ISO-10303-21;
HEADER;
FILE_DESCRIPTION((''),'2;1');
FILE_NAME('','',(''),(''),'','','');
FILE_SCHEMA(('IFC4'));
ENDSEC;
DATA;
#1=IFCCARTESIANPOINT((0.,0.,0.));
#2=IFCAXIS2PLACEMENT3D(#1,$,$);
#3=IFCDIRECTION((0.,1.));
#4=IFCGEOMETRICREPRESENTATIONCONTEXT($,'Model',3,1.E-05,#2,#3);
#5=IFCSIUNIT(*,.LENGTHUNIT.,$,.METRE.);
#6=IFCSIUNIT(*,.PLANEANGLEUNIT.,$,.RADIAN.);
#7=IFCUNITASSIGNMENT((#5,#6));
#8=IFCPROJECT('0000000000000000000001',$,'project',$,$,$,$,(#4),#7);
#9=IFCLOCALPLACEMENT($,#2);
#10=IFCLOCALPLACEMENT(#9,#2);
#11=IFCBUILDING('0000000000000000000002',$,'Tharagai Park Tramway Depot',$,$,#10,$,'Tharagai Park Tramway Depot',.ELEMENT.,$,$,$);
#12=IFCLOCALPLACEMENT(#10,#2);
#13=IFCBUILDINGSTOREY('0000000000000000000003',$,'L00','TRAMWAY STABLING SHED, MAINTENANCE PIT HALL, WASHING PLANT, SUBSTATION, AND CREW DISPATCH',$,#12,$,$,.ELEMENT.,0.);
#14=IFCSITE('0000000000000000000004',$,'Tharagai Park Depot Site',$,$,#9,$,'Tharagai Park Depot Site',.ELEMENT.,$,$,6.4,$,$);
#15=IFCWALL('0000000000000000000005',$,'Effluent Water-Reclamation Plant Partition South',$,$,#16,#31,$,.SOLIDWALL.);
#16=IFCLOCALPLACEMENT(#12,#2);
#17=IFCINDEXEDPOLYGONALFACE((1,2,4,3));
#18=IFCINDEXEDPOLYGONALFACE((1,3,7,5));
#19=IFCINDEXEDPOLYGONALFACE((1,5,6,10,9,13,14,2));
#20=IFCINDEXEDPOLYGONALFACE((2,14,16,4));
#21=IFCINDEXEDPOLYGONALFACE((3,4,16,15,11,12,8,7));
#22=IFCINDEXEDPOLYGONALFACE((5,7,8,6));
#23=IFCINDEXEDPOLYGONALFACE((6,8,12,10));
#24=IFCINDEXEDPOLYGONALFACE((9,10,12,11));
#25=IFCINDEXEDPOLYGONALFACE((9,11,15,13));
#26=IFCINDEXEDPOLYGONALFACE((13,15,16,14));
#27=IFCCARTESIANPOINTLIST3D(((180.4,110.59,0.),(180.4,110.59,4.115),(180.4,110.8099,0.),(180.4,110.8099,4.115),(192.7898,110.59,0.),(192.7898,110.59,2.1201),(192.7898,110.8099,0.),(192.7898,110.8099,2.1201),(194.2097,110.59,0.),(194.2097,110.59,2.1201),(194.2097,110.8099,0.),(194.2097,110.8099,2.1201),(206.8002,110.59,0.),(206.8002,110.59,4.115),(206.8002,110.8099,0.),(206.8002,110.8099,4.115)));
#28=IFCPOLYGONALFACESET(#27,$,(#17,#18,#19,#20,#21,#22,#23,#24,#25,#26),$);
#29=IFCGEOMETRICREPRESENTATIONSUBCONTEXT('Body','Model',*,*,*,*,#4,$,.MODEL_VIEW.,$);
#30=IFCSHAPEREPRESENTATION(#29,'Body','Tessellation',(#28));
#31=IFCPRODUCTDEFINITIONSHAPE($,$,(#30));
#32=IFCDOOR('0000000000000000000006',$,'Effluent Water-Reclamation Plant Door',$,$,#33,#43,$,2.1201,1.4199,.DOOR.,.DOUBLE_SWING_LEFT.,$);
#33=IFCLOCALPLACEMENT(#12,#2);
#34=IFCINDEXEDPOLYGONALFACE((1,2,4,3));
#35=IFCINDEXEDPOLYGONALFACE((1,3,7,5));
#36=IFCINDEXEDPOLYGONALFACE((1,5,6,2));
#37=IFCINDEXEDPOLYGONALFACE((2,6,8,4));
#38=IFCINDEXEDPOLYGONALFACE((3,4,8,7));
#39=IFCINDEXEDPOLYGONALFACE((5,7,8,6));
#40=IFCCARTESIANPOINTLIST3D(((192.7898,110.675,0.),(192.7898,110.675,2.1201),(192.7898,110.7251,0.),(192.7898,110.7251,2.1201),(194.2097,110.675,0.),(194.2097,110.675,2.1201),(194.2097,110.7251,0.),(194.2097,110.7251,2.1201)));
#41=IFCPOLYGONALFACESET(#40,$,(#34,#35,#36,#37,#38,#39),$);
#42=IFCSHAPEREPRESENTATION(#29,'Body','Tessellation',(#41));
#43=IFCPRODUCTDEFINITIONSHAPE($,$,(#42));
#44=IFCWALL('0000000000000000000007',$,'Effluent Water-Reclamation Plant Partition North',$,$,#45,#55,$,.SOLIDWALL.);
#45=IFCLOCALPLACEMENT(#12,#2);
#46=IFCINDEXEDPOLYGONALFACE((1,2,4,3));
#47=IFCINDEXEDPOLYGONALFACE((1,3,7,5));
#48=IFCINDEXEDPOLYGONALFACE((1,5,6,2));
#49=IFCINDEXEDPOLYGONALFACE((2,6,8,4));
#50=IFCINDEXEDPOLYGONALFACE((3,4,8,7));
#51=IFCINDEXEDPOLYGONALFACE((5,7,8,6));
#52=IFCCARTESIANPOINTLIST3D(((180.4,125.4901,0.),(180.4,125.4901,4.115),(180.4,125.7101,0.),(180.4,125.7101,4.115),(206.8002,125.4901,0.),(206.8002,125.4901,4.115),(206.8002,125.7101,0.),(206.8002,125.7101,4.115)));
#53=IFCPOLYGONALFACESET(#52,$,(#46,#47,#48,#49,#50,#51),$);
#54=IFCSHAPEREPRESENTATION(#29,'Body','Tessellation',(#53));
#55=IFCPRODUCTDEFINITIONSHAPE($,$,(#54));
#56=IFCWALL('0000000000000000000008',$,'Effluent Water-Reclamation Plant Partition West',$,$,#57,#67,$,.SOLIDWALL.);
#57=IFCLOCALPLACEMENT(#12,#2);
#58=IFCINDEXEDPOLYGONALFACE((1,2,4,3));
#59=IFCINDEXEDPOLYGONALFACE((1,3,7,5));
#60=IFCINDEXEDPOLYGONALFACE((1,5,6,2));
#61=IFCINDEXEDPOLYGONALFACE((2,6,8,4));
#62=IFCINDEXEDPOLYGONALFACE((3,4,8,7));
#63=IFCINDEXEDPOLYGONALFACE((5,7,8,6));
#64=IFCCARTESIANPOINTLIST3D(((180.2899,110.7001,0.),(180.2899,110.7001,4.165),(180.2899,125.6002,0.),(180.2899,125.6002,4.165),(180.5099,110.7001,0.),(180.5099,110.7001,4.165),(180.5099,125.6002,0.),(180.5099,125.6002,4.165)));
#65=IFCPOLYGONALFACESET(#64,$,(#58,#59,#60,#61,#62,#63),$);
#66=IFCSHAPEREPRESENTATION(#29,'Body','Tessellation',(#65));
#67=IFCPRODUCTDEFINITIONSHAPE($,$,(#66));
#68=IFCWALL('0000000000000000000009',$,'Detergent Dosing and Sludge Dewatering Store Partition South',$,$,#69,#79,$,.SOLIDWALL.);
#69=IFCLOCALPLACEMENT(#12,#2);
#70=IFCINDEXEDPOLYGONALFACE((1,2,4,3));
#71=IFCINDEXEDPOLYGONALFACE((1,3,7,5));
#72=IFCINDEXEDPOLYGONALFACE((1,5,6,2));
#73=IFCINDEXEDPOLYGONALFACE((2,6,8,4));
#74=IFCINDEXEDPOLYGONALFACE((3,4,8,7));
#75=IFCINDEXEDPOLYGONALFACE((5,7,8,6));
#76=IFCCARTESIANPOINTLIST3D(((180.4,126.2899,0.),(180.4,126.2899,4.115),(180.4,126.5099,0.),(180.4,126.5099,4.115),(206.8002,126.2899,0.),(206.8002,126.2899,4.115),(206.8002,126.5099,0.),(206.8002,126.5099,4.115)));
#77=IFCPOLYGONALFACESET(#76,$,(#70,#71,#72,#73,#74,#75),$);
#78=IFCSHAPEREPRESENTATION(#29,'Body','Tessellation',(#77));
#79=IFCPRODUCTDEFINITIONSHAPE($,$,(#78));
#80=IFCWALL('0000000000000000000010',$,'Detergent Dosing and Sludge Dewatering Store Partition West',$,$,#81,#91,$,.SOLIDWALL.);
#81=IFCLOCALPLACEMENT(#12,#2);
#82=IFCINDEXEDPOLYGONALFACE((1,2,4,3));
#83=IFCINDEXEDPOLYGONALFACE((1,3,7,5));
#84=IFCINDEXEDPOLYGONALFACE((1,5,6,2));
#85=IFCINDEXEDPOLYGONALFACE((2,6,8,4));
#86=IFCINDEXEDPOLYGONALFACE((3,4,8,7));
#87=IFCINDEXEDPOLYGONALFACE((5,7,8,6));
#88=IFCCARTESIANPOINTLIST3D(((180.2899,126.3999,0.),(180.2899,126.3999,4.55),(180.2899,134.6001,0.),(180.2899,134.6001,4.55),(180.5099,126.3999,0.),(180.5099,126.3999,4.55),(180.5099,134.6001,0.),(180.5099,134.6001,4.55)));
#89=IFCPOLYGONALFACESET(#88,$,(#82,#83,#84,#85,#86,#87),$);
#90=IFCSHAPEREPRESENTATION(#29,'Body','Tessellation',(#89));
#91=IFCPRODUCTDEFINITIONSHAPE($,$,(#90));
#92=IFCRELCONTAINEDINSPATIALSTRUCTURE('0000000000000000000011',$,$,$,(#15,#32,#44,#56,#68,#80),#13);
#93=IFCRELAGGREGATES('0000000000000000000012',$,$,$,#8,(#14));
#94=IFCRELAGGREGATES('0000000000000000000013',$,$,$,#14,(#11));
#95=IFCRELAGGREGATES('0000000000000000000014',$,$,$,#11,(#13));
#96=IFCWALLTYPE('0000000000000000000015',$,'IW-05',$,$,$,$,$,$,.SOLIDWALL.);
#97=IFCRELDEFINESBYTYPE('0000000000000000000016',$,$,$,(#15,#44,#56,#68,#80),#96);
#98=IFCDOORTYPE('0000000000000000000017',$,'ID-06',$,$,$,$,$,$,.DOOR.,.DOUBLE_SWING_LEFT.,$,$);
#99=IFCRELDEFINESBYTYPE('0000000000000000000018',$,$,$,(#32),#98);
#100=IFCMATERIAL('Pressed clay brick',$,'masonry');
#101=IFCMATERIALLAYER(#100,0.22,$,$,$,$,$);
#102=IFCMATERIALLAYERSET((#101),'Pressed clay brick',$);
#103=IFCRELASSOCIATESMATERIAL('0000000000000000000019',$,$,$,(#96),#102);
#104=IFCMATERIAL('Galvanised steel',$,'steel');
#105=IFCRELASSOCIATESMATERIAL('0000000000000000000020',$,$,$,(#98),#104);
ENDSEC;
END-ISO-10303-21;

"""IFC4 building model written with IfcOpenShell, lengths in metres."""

from ifc_helpers import new_model, si_unit, direction, frame, frame_2d, origin, place, context, subcontext, project, spatial, rectangle, extrude, material, layer, layer_set, type_object, element, fill, save


model = new_model("IFC4")

# Units and contexts
model_context = context("Model", 3, precision=1e-05, world=origin(), true_north=direction((0.0, 1.0)))
body_context = subcontext(model_context, "Body", "Model", "MODEL_VIEW")
ifc_project = project(units=[si_unit("LENGTHUNIT", "METRE"), si_unit("PLANEANGLEUNIT", "RADIAN")], contexts=[model_context])

# Site, building, storey
site_placement = place(None, origin())
site = spatial("IfcSite", under=ifc_project, at=site_placement, Name="Tharagai Park Depot Site", LongName="Tharagai Park Depot Site", CompositionType="ELEMENT", RefElevation=6.4)
building_placement = place(site_placement, origin())
building = spatial("IfcBuilding", under=site, at=building_placement, Name="Tharagai Park Tramway Depot", LongName="Tharagai Park Tramway Depot", CompositionType="ELEMENT")
storey_placement = place(building_placement, origin())
storey = spatial("IfcBuildingStorey", under=building, at=storey_placement, Name="L00", Description="TRAMWAY STABLING SHED, MAINTENANCE PIT HALL, WASHING PLANT, SUBSTATION, AND CREW DISPATCH", CompositionType="ELEMENT", Elevation=0.0)

# Shared definitions
ifc_material_1 = material(Name="Pressed clay brick", Category="masonry")

# Wall, opening, door
ifc_layer_1 = layer(ifc_material_1, 0.22)
ifc_layer_set_1 = layer_set([ifc_layer_1], Name="Pressed clay brick")
wall_type_1 = type_object("IfcWallType", Name="IW-05", PredefinedType="SOLIDWALL", material=ifc_layer_set_1)
wall_1_placement = place(storey_placement, frame((180.3999, 110.7, 0.0), z_axis=(0.0, 0.0, 1.0), x_axis=(1.0, 0.0, 0.0)))
wall_1 = element("IfcWall", 1, at=wall_1_placement, inside=storey, type_object=wall_type_1, Name="Effluent Water-Reclamation Plant Partition South", PredefinedType="SOLIDWALL", context=body_context, shape_type="SweptSolid", body=[
    extrude(rectangle(XDim=26.4001, YDim=0.22, at=frame_2d((13.2002, 0.0))), origin(), (0.0, 0.0, 1.0), 4.115),
])
opening_1_placement = place(wall_1_placement, frame((12.3899, 0.0, 0.0)))
opening_1 = element("IfcOpeningElement", 2, at=opening_1_placement, cuts=wall_1, PredefinedType="OPENING", context=body_context, shape_type="SweptSolid", body=[
    extrude(rectangle(XDim=1.4199, YDim=2.1201, at=frame_2d((0.71, 1.0601))), frame((0.0, 0.1199, 0.0), z_axis=(0.0, -1.0, 0.0), x_axis=(1.0, 0.0, 0.0)), (0.0, 0.0, 1.0), 0.24),
])
ifc_material_2 = material(Name="Galvanised steel", Category="steel")
door_type = type_object("IfcDoorType", Name="ID-06", OperationType="DOUBLE_SWING_LEFT", PredefinedType="DOOR", material=ifc_material_2)
door_placement = place(opening_1_placement, frame((1.4199, 0.0, 0.0), z_axis=(0.0, 0.0, 1.0), x_axis=(-1.0, 0.0, 0.0)))
door = element("IfcDoor", 3, at=door_placement, inside=storey, type_object=door_type, Name="Effluent Water-Reclamation Plant Door", OperationType="DOUBLE_SWING_LEFT", OverallHeight=2.1201, OverallWidth=1.4199, PredefinedType="DOOR", context=body_context, shape_type="SweptSolid", body=[
    extrude(rectangle(XDim=1.4199, YDim=2.1201, at=frame_2d((0.71, 1.0601))), frame((0.0, 0.0249, 0.0), z_axis=(0.0, -1.0, 0.0), x_axis=(1.0, 0.0, 0.0)), (0.0, 0.0, 1.0), 0.05),
])
fill(opening_1, door)

# Walls
wall_2_placement = place(storey_placement, frame((180.3999, 125.6001, 0.0), z_axis=(0.0, 0.0, 1.0), x_axis=(1.0, 0.0, 0.0)))
element("IfcWall", 4, at=wall_2_placement, inside=storey, type_object=wall_type_1, Name="Effluent Water-Reclamation Plant Partition North", PredefinedType="SOLIDWALL", context=body_context, shape_type="SweptSolid", body=[
    extrude(rectangle(XDim=26.4001, YDim=0.22, at=frame_2d((13.2002, 0.0))), origin(), (0.0, 0.0, 1.0), 4.115),
])
wall_3_placement = place(storey_placement, frame((180.3999, 110.7, 0.0), z_axis=(0.0, 0.0, 1.0), x_axis=(0.0, 1.0, 0.0)))
element("IfcWall", 5, at=wall_3_placement, inside=storey, type_object=wall_type_1, Name="Effluent Water-Reclamation Plant Partition West", PredefinedType="SOLIDWALL", context=body_context, shape_type="SweptSolid", body=[
    extrude(rectangle(XDim=14.9001, YDim=0.22, at=frame_2d((7.4502, 0.0))), origin(), (0.0, 0.0, 1.0), 4.165),
])
wall_4_placement = place(storey_placement, frame((180.3999, 126.3999, 0.0), z_axis=(0.0, 0.0, 1.0), x_axis=(1.0, 0.0, 0.0)))
element("IfcWall", 6, at=wall_4_placement, inside=storey, type_object=wall_type_1, Name="Detergent Dosing and Sludge Dewatering Store Partition South", PredefinedType="SOLIDWALL", context=body_context, shape_type="SweptSolid", body=[
    extrude(rectangle(XDim=26.4001, YDim=0.22, at=frame_2d((13.2002, 0.0))), origin(), (0.0, 0.0, 1.0), 4.115),
])
wall_5_placement = place(storey_placement, frame((180.3999, 126.3999, 0.0), z_axis=(0.0, 0.0, 1.0), x_axis=(0.0, 1.0, 0.0)))
element("IfcWall", 7, at=wall_5_placement, inside=storey, type_object=wall_type_1, Name="Detergent Dosing and Sludge Dewatering Store Partition West", PredefinedType="SOLIDWALL", context=body_context, shape_type="SweptSolid", body=[
    extrude(rectangle(XDim=8.2002, YDim=0.22, at=frame_2d((4.1001, 0.0))), origin(), (0.0, 0.0, 1.0), 4.55),
])

save(model, "model.ifc")
